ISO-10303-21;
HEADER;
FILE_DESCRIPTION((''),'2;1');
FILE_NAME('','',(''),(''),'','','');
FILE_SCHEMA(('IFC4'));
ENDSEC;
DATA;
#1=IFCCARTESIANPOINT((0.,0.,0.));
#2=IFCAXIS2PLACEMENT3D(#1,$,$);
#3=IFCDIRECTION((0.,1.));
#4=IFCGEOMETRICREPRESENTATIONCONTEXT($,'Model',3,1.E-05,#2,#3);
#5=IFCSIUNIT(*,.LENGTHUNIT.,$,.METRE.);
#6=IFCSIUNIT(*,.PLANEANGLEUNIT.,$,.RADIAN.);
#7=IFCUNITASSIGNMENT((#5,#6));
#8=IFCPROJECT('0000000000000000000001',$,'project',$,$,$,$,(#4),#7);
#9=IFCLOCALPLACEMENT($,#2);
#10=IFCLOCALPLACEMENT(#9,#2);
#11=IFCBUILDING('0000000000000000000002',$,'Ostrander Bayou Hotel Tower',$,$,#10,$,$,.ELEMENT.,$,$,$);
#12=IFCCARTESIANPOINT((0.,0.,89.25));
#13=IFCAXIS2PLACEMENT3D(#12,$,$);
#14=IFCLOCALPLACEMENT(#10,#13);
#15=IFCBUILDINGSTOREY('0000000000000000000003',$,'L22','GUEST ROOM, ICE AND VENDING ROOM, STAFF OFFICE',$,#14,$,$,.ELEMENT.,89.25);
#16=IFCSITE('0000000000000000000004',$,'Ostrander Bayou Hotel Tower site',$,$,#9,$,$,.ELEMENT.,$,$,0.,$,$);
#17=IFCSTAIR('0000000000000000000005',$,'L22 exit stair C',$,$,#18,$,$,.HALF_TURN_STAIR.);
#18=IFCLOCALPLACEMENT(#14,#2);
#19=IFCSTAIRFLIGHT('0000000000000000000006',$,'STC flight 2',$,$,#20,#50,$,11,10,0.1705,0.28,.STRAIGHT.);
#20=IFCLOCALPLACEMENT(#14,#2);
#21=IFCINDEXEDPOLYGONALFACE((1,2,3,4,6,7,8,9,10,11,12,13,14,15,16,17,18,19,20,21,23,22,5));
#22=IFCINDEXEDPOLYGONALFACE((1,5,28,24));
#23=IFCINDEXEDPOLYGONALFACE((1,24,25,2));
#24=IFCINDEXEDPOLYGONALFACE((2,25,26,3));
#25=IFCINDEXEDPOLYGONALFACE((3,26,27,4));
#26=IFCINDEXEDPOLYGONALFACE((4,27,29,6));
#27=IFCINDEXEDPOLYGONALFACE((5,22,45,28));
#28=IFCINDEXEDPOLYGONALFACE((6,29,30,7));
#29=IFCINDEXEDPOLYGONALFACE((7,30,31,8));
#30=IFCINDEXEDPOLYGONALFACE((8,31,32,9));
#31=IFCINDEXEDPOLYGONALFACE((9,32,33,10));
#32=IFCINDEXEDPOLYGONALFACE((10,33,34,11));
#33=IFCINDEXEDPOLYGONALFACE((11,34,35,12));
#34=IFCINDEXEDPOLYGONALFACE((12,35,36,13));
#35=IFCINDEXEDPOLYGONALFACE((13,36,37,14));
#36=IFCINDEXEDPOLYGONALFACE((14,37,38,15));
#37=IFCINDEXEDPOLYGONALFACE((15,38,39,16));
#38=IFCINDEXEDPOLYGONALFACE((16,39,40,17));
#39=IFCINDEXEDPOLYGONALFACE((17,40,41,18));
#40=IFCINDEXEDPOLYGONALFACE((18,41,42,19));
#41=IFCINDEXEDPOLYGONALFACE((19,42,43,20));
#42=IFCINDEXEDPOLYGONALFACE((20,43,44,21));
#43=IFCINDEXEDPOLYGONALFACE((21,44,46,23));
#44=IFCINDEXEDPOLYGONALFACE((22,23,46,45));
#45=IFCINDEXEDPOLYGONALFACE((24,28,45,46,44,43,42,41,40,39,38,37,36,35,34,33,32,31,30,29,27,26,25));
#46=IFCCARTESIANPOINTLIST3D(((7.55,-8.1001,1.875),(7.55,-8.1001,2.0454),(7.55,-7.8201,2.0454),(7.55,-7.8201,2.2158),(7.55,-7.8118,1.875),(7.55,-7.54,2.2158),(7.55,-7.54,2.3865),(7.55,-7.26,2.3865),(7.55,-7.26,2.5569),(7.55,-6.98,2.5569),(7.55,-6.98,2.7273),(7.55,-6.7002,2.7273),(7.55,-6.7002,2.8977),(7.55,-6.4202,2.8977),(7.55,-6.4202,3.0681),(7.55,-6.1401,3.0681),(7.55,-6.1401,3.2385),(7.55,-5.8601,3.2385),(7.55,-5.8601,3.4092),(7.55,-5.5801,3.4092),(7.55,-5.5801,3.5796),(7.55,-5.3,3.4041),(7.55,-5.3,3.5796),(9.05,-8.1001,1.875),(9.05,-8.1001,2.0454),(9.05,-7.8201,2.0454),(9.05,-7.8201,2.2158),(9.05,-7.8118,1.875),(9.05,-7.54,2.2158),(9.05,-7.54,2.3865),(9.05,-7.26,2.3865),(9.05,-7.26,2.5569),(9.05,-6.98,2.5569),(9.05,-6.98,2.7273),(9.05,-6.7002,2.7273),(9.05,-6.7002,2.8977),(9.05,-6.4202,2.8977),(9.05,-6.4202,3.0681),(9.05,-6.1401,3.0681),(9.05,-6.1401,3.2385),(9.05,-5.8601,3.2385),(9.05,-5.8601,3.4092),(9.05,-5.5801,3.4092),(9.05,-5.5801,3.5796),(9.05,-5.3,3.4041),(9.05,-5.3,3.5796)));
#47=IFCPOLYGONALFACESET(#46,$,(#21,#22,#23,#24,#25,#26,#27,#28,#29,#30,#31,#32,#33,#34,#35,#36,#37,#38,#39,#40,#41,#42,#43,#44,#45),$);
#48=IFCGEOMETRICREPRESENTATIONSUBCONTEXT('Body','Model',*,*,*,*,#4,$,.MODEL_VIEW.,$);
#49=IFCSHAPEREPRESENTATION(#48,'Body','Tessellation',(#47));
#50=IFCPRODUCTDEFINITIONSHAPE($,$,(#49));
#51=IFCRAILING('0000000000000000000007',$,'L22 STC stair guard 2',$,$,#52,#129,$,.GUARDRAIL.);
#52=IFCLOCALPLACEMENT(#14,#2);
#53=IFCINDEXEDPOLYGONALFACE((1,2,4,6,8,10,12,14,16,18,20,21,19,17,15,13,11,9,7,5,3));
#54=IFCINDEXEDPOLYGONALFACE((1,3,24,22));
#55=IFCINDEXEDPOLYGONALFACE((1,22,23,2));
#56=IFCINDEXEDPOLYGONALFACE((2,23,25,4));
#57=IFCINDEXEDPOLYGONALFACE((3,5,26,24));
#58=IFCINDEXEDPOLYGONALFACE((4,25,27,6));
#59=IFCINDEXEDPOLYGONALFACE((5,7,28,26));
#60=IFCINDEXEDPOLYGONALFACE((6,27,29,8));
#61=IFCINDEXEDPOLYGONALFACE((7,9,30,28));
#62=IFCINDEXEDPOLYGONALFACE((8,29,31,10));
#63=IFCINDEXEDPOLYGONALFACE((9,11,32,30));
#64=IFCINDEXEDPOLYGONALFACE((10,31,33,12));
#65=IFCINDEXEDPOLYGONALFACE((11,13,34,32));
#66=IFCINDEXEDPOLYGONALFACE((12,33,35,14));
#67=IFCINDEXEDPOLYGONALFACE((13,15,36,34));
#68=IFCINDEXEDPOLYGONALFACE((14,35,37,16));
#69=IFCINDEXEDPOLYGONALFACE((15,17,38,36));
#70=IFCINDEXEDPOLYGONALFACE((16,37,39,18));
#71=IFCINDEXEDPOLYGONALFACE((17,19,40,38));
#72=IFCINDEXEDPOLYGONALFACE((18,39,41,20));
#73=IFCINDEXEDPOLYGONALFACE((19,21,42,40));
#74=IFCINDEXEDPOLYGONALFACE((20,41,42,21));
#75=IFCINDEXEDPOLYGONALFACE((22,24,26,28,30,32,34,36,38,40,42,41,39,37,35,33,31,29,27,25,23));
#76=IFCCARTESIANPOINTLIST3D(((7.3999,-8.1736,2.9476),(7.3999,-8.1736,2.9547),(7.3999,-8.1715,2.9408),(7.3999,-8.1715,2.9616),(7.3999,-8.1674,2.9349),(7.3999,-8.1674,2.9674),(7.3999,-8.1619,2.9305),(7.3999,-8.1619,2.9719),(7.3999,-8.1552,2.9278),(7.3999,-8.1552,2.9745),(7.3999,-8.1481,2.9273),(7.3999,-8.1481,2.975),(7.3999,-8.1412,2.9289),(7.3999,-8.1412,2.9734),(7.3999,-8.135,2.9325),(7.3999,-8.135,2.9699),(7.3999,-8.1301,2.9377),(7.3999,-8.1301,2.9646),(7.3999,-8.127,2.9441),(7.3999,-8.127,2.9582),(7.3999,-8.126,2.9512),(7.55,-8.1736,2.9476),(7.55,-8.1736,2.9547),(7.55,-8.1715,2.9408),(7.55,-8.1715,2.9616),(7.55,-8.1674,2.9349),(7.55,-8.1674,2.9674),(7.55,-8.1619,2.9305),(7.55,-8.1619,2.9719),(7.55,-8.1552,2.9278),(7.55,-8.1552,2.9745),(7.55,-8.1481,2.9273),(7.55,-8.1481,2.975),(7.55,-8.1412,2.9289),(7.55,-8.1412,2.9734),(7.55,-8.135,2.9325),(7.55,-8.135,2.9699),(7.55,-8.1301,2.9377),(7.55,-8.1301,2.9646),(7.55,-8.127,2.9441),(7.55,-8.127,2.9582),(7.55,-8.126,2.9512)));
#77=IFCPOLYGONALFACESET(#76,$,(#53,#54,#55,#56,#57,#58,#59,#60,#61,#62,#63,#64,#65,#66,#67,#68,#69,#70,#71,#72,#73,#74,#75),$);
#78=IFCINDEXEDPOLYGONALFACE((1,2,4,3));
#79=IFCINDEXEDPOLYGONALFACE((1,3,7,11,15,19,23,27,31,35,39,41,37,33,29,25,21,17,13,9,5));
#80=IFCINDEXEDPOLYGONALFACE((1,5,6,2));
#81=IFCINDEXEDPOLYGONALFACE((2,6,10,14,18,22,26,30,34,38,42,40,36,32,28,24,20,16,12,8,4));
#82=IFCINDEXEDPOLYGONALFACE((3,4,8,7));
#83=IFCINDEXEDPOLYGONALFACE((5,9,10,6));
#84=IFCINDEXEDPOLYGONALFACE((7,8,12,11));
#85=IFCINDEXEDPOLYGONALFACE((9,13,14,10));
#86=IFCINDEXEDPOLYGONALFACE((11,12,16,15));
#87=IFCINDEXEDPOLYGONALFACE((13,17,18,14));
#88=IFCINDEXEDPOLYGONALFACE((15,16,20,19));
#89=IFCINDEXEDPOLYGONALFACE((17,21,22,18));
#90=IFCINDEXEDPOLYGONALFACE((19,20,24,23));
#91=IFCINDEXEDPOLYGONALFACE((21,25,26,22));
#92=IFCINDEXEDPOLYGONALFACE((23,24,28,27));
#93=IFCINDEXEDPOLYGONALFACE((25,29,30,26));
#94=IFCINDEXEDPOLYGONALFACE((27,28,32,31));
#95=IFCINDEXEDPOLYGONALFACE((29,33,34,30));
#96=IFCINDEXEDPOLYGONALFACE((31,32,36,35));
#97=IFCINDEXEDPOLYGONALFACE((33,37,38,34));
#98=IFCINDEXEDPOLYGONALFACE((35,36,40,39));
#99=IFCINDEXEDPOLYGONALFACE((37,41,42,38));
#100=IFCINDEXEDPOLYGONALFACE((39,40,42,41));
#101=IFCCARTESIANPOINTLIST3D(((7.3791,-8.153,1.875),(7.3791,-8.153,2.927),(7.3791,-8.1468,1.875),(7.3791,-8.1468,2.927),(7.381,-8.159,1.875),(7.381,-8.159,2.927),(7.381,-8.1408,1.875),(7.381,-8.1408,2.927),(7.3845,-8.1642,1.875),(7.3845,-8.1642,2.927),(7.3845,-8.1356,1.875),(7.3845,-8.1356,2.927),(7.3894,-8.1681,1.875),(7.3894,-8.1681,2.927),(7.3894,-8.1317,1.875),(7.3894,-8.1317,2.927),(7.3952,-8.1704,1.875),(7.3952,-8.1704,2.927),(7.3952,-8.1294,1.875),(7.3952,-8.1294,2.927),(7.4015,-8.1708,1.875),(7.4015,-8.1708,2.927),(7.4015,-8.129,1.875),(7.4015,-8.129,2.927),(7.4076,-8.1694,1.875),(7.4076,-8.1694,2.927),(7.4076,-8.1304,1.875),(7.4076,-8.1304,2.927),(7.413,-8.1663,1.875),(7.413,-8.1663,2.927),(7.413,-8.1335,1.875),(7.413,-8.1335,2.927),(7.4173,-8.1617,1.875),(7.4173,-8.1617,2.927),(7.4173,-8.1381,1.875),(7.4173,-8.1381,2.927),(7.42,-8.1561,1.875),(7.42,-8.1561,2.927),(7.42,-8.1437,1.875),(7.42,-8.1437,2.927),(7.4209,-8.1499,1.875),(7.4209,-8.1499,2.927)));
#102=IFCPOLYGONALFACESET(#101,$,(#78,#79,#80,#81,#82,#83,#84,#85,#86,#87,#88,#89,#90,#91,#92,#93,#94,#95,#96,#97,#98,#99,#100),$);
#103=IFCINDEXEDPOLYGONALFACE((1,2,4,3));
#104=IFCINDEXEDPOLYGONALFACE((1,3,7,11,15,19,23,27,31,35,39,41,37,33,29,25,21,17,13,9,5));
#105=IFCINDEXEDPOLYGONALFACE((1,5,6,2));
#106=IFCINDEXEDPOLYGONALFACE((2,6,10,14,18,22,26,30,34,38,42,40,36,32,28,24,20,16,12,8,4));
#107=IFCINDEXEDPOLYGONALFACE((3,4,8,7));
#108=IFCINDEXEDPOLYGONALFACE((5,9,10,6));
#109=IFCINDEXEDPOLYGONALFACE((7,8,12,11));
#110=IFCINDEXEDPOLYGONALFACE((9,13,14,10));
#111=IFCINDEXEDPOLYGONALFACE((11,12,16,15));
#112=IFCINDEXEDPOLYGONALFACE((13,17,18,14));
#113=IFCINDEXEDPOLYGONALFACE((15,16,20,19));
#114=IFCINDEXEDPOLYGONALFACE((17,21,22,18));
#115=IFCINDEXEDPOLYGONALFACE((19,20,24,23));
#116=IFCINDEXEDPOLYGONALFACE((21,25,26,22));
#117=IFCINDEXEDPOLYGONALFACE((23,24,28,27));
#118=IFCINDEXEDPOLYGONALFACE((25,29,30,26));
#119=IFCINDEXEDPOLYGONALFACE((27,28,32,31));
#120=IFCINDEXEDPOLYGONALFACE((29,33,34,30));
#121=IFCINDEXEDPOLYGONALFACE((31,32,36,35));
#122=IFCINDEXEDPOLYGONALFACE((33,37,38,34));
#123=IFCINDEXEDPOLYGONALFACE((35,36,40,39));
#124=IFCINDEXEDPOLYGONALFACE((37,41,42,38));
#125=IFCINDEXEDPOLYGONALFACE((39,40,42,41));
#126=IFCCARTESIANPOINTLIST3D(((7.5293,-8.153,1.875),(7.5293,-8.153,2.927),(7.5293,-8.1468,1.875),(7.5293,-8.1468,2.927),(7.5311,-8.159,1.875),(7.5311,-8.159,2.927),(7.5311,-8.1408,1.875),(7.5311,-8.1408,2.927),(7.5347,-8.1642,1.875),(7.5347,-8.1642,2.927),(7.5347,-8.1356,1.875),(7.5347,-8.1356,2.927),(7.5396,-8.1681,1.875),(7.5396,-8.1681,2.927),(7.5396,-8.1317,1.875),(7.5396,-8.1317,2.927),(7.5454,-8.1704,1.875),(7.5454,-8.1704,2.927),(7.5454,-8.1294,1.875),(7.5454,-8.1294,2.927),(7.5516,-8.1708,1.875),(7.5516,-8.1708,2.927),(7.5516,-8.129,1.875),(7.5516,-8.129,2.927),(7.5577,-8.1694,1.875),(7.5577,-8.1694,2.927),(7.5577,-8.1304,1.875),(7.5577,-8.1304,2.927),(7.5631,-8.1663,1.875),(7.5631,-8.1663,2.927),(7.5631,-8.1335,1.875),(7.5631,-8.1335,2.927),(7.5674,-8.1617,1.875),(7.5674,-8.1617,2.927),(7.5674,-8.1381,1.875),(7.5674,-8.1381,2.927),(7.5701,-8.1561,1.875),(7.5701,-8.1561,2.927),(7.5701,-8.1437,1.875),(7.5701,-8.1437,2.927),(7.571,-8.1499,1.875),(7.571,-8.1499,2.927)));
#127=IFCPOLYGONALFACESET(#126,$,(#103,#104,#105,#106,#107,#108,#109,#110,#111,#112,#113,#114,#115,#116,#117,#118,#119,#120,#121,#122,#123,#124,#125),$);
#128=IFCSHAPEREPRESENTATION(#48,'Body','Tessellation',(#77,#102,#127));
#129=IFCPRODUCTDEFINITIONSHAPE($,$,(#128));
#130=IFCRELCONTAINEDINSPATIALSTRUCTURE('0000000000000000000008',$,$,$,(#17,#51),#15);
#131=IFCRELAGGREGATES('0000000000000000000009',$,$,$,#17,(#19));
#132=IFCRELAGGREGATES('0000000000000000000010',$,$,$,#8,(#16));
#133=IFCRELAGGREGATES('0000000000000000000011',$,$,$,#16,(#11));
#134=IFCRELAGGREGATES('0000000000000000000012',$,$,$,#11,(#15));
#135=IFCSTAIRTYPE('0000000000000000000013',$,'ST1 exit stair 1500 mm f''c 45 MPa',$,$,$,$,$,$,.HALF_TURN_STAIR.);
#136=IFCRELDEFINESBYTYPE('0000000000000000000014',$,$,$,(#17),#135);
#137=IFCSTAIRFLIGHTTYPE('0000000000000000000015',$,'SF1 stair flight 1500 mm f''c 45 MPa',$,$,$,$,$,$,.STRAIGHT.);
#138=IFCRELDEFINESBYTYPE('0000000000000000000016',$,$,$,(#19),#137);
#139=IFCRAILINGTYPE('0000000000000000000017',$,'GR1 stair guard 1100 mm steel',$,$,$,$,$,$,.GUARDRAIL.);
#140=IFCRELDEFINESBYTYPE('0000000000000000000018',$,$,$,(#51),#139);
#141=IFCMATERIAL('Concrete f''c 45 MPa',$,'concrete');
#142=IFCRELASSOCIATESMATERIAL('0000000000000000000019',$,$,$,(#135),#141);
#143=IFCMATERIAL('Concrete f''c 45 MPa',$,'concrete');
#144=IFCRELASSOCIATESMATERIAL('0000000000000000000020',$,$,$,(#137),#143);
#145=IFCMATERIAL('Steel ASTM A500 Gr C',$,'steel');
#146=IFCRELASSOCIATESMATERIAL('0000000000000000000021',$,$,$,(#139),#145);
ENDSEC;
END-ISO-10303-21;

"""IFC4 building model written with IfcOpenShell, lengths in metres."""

from ifc_helpers import new_model, si_unit, direction, frame, origin, origin_2d, place, context, subcontext, project, spatial, polyline, circle, outline, extrude, material, type_object, element, aggregate, save


model = new_model("IFC4")

# Units and contexts
model_context = context("Model", 3, precision=1e-05, world=origin(), true_north=direction((0.0, 1.0)))
body_context = subcontext(model_context, "Body", "Model", "MODEL_VIEW")
ifc_project = project(units=[si_unit("LENGTHUNIT", "METRE"), si_unit("PLANEANGLEUNIT", "RADIAN")], contexts=[model_context])

# Site, building, storey
site_placement = place(None, origin())
site = spatial("IfcSite", under=ifc_project, at=site_placement, Name="Ostrander Bayou Hotel Tower site", CompositionType="ELEMENT", RefElevation=0.0)
building_placement = place(site_placement, origin())
building = spatial("IfcBuilding", under=site, at=building_placement, Name="Ostrander Bayou Hotel Tower", CompositionType="ELEMENT")
storey_placement = place(building_placement, frame((0.0, 0.0, 89.25)))
storey = spatial("IfcBuildingStorey", under=building, at=storey_placement, Name="L22", Description="GUEST ROOM, ICE AND VENDING ROOM, STAFF OFFICE", CompositionType="ELEMENT", Elevation=89.25)

# Stair, stair flight
ifc_material_1 = material(Name="Concrete f'c 45 MPa", Category="concrete")
stair_type = type_object("IfcStairType", Name="ST1 exit stair 1500 mm f'c 45 MPa", PredefinedType="HALF_TURN_STAIR", material=ifc_material_1)
stair_placement = place(storey_placement, origin())
stair = element("IfcStair", 1, at=stair_placement, inside=storey, type_object=stair_type, Name="L22 exit stair C", PredefinedType="HALF_TURN_STAIR")
ifc_material_2 = material(Name="Concrete f'c 45 MPa", Category="concrete")
stair_flight_type = type_object("IfcStairFlightType", Name="SF1 stair flight 1500 mm f'c 45 MPa", PredefinedType="STRAIGHT", material=ifc_material_2)
stair_flight_placement = place(storey_placement, frame((8.3, -8.1001, 1.875), z_axis=(0.0, 0.0, 1.0), x_axis=(0.0, 1.0, 0.0)))
stair_flight = element("IfcStairFlight", 2, at=stair_flight_placement, type_object=stair_flight_type, Name="STC flight 2", NumberOfRisers=11, NumberOfTreads=10, PredefinedType="STRAIGHT", RiserHeight=0.1705, TreadLength=0.28, context=body_context, shape_type="SweptSolid", body=[
    extrude(outline(polyline([(0.0, 0.0), (0.0, 0.1704), (0.28, 0.1704), (0.28, 0.3408), (0.5601, 0.3408), (0.5601, 0.5115), (0.8401, 0.5115), (0.8401, 0.6819), (1.1201, 0.6819), (1.1201, 0.8523), (1.3999, 0.8523), (1.3999, 1.0227), (1.6799, 1.0227), (1.6799, 1.1931), (1.96, 1.1931), (1.96, 1.3635), (2.24, 1.3635), (2.24, 1.5342), (2.52, 1.5342), (2.52, 1.7046), (2.8, 1.7046), (2.8, 1.875), (2.8, 1.5291), (0.2883, 0.0), (0.0, 0.0)])), frame((0.0, 0.75, 0.0), z_axis=(0.0, -1.0, 0.0), x_axis=(1.0, 0.0, 0.0)), (0.0, 0.0, 1.0), 1.5),
])
aggregate(stair, [stair_flight])

# Railing
ifc_material_3 = material(Name="Steel ASTM A500 Gr C", Category="steel")
railing_type = type_object("IfcRailingType", Name="GR1 stair guard 1100 mm steel", PredefinedType="GUARDRAIL", material=ifc_material_3)
railing_1_placement = place(storey_placement, frame((7.3999, -8.1499, 1.875)))
element("IfcRailing", 3, at=railing_1_placement, inside=storey, type_object=railing_type, Name="L22 STC stair guard 2", PredefinedType="GUARDRAIL", context=body_context, shape_type="SweptSolid", body=[
    extrude(circle(Radius=0.0239, at=origin_2d()), frame((0.0, 0.0, 1.0762), z_axis=(1.0, 0.0, 0.0), x_axis=(0.0, 1.0, 0.0)), (0.0, 0.0, 1.0), 0.1501),
    extrude(circle(Radius=0.021, at=origin_2d()), origin(), (0.0, 0.0, 1.0), 1.052),
    extrude(circle(Radius=0.021, at=origin_2d()), frame((0.1501, 0.0, 0.0)), (0.0, 0.0, 1.0), 1.052),
])

save(model, "model.ifc")
